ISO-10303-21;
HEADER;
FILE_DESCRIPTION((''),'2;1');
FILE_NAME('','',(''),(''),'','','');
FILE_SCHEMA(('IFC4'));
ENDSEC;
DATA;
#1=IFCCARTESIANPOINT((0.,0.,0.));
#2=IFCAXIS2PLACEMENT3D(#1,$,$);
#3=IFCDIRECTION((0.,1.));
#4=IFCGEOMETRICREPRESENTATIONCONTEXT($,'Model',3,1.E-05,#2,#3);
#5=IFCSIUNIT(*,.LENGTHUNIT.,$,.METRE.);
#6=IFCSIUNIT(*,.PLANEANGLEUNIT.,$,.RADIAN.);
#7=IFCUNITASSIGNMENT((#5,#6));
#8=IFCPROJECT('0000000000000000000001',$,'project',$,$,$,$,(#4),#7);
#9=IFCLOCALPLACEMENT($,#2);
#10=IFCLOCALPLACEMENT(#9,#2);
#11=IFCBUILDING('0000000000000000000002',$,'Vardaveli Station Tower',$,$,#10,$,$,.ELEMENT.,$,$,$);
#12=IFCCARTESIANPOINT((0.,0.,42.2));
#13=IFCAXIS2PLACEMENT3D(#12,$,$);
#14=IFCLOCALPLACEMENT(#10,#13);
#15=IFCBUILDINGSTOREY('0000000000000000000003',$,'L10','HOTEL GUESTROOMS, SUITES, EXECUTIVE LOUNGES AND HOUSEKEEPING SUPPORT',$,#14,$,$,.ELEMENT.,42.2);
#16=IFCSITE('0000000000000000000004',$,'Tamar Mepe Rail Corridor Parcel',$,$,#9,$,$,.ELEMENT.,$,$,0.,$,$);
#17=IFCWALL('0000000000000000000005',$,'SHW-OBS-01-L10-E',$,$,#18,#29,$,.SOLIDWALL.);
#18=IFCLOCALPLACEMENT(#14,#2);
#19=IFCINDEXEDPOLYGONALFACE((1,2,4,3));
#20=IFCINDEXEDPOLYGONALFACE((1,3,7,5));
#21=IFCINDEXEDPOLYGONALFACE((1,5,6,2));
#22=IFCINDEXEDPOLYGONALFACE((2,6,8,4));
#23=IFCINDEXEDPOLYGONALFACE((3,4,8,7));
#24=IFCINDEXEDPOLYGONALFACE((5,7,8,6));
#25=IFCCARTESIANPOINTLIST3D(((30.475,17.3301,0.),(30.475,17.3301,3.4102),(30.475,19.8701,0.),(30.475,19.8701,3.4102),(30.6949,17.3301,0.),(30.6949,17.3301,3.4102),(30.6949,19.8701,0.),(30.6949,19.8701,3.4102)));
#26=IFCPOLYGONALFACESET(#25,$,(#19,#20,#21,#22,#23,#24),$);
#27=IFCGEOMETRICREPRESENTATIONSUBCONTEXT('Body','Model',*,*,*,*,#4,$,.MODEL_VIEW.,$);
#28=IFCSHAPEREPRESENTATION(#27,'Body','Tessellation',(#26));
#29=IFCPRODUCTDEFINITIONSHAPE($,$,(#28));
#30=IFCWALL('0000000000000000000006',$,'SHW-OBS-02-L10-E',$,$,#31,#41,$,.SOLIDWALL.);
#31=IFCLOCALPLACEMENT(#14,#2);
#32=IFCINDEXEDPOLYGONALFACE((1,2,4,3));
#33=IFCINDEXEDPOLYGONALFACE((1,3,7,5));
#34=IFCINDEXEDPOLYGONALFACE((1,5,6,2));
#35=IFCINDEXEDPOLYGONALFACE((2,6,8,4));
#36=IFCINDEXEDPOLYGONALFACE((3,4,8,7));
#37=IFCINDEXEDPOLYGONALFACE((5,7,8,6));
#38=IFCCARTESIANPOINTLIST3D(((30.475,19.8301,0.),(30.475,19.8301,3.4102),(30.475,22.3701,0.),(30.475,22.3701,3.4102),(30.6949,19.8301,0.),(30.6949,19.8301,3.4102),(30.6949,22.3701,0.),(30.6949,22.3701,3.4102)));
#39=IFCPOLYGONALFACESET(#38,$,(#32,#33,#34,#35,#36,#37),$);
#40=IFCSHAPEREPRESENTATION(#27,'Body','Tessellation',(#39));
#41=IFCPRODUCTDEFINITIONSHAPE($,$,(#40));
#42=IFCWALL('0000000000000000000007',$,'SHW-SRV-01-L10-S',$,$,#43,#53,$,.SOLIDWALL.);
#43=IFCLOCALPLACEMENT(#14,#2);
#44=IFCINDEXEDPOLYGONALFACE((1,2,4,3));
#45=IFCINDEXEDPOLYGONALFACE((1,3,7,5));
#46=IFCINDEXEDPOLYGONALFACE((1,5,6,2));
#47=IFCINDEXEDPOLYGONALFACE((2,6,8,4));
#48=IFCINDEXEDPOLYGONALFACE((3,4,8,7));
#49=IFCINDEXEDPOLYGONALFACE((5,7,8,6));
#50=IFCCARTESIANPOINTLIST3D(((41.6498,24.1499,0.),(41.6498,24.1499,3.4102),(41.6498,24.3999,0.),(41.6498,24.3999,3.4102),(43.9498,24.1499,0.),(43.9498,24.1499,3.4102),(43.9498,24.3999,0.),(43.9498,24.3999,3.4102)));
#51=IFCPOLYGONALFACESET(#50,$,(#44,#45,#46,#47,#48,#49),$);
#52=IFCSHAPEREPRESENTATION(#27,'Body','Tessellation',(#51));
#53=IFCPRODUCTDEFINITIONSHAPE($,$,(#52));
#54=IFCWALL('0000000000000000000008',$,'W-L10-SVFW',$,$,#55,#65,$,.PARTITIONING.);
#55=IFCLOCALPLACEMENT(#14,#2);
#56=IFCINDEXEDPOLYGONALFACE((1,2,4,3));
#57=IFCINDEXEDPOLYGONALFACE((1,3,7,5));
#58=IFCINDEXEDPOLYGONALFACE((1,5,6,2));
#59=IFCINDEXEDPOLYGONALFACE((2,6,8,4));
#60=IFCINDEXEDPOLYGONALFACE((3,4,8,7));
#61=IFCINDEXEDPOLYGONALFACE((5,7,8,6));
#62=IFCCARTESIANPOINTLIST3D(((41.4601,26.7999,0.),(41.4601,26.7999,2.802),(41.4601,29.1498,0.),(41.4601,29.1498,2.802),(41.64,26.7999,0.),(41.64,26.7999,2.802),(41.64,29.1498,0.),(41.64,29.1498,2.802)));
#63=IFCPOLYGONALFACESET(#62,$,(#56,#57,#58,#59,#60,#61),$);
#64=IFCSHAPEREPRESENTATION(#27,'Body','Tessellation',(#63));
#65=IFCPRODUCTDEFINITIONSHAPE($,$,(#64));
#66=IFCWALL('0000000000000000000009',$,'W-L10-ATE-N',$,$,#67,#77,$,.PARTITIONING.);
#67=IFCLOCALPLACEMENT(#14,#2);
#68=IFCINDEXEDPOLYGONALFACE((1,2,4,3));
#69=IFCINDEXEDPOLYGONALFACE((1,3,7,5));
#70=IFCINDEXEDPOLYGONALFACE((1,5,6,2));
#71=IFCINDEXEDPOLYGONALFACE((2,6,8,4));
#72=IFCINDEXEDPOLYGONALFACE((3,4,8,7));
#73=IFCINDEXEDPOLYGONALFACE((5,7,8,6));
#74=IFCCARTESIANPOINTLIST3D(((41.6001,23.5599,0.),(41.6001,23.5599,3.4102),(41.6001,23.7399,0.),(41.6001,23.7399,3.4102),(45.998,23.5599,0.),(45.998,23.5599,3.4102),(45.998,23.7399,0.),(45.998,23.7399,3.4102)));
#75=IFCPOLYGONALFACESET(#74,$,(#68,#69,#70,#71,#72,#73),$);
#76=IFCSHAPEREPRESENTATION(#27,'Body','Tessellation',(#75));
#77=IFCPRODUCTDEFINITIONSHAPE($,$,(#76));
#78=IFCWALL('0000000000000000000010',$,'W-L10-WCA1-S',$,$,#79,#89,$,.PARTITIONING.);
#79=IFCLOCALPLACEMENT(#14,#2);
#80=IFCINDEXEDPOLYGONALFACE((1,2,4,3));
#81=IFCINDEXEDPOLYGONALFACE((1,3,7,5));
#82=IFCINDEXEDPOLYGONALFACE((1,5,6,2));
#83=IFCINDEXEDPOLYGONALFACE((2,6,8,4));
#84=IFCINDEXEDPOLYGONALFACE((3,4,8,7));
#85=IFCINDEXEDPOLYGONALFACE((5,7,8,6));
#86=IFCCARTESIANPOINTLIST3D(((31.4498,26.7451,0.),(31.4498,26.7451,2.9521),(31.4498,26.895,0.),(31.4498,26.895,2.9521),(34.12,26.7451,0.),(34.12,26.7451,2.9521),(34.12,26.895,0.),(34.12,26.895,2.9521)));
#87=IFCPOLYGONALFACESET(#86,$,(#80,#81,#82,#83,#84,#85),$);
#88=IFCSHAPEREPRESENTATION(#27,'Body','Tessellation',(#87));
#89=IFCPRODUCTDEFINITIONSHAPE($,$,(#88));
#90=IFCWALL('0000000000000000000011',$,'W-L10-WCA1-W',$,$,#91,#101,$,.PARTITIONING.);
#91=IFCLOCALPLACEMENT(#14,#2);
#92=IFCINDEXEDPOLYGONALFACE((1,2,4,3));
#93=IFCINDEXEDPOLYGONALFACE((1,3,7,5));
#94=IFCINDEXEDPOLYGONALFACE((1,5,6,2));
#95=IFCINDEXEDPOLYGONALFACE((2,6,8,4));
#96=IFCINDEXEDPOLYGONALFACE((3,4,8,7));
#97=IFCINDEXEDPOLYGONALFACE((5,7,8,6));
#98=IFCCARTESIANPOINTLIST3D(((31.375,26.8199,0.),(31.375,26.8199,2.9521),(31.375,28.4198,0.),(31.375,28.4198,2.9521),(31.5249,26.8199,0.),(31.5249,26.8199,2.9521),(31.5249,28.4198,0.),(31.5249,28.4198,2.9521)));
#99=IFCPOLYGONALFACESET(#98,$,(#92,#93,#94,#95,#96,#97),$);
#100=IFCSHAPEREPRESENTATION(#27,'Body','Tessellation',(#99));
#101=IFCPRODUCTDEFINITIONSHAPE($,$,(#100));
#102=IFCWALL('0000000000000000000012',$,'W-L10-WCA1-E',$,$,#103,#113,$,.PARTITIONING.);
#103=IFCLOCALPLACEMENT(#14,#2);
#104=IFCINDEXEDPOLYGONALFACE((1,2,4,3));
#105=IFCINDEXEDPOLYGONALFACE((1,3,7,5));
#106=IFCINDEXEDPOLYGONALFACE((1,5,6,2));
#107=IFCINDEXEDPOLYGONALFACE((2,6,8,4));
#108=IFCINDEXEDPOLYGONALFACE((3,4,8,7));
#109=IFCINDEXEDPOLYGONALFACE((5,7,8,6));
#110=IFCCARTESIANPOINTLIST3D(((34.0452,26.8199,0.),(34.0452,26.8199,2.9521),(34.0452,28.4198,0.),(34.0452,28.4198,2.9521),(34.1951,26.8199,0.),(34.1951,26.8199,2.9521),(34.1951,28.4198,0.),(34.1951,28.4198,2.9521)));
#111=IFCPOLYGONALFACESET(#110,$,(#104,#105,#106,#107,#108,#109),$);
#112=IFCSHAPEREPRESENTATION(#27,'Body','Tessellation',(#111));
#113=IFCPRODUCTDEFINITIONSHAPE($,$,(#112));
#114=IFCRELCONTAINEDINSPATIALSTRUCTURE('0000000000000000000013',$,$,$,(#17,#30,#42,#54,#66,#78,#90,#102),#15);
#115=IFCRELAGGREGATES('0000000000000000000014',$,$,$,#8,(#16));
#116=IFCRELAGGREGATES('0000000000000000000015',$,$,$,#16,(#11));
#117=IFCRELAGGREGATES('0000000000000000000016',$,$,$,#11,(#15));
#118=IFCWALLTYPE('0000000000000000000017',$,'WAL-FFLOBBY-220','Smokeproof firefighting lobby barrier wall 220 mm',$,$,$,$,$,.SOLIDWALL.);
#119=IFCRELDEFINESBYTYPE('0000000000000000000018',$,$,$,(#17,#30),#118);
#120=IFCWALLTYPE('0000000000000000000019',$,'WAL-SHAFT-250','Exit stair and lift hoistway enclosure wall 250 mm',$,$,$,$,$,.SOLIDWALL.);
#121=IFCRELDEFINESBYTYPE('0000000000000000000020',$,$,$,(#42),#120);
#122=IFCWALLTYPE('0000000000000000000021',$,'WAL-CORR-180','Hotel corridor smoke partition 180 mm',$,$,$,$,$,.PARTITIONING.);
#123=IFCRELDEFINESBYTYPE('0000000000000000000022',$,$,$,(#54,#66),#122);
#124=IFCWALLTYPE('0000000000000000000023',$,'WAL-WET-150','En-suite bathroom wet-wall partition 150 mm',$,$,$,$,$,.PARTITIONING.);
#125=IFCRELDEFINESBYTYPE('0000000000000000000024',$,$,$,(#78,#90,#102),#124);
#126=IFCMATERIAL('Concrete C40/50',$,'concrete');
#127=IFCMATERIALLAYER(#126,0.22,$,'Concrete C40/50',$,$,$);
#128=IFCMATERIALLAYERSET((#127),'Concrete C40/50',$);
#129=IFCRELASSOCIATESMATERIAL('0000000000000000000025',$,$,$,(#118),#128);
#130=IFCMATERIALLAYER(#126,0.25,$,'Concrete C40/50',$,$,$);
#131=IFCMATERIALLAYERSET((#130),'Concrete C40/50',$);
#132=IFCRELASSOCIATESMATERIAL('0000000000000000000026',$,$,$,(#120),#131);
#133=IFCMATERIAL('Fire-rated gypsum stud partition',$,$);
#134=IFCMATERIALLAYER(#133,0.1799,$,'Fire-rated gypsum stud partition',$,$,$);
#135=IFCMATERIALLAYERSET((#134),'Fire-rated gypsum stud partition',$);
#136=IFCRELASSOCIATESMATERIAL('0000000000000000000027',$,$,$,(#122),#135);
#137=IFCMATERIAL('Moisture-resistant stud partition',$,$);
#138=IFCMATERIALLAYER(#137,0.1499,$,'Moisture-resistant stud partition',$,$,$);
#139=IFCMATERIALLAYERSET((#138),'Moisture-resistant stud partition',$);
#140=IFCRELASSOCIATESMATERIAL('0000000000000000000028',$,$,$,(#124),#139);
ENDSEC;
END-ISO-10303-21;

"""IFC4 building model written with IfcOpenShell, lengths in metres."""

from ifc_helpers import new_model, si_unit, direction, frame, frame_2d, origin, place, context, subcontext, project, spatial, rectangle, extrude, source, transform, mapped, material, layer, layer_set, type_object, element, save


model = new_model("IFC4")

# Units and contexts
model_context = context("Model", 3, precision=1e-05, world=origin(), true_north=direction((0.0, 1.0)))
body_context = subcontext(model_context, "Body", "Model", "MODEL_VIEW")
ifc_project = project(units=[si_unit("LENGTHUNIT", "METRE"), si_unit("PLANEANGLEUNIT", "RADIAN")], contexts=[model_context])

# Site, building, storey
site_placement = place(None, origin())
site = spatial("IfcSite", under=ifc_project, at=site_placement, Name="Tamar Mepe Rail Corridor Parcel", CompositionType="ELEMENT", RefElevation=0.0)
building_placement = place(site_placement, origin())
building = spatial("IfcBuilding", under=site, at=building_placement, Name="Vardaveli Station Tower", CompositionType="ELEMENT")
storey_placement = place(building_placement, frame((0.0, 0.0, 42.2)))
storey = spatial("IfcBuildingStorey", under=building, at=storey_placement, Name="L10", Description="HOTEL GUESTROOMS, SUITES, EXECUTIVE LOUNGES AND HOUSEKEEPING SUPPORT", CompositionType="ELEMENT", Elevation=42.2)

# Walls
ifc_material_1 = material(Name="Concrete C40/50", Category="concrete")
ifc_layer_1 = layer(ifc_material_1, 0.22, Name="Concrete C40/50")
ifc_layer_set_1 = layer_set([ifc_layer_1], Name="Concrete C40/50")
wall_type_1 = type_object("IfcWallType", Name="WAL-FFLOBBY-220", Description="Smokeproof firefighting lobby barrier wall 220 mm", PredefinedType="SOLIDWALL", material=ifc_layer_set_1)
shared_shape_1 = source(origin(), body_context, "Body", "SweptSolid", [
    extrude(rectangle(XDim=2.54, YDim=0.22, at=frame_2d((1.27, 0.0))), origin(), (0.0, 0.0, 1.0), 3.4102),
])
for number, where, z_axis, x_axis, name in (
    (1, (30.585, 17.3301, 0.0), (0.0, 0.0, 1.0), (0.0, 1.0, 0.0), "SHW-OBS-01-L10-E"),
    (2, (30.585, 19.8301, 0.0), (0.0, 0.0, 1.0), (0.0, 1.0, 0.0), "SHW-OBS-02-L10-E"),
):
    element("IfcWall", number, at=place(storey_placement, frame(where, z_axis=z_axis, x_axis=x_axis)), inside=storey, type_object=wall_type_1, Name=name, PredefinedType="SOLIDWALL", context=body_context, shape_type="MappedRepresentation", body=[
        mapped(shared_shape_1, transform((0.0, 0.0, 0.0), scale=1.0)),
    ])
ifc_layer_2 = layer(ifc_material_1, 0.25, Name="Concrete C40/50")
ifc_layer_set_2 = layer_set([ifc_layer_2], Name="Concrete C40/50")
wall_type_2 = type_object("IfcWallType", Name="WAL-SHAFT-250", Description="Exit stair and lift hoistway enclosure wall 250 mm", PredefinedType="SOLIDWALL", material=ifc_layer_set_2)
shared_shape_2 = source(origin(), body_context, "Body", "SweptSolid", [
    extrude(rectangle(XDim=2.3, YDim=0.25, at=frame_2d((1.1499, 0.0))), origin(), (0.0, 0.0, 1.0), 3.4102),
])
wall_1_placement = place(storey_placement, frame((41.6499, 24.2749, 0.0), z_axis=(0.0, 0.0, 1.0), x_axis=(1.0, 0.0, 0.0)))
element("IfcWall", 3, at=wall_1_placement, inside=storey, type_object=wall_type_2, Name="SHW-SRV-01-L10-S", PredefinedType="SOLIDWALL", context=body_context, shape_type="MappedRepresentation", body=[
    mapped(shared_shape_2, transform((0.0, 0.0, 0.0), scale=1.0)),
])
ifc_material_2 = material(Name="Fire-rated gypsum stud partition")
ifc_layer_3 = layer(ifc_material_2, 0.1799, Name="Fire-rated gypsum stud partition")
ifc_layer_set_3 = layer_set([ifc_layer_3], Name="Fire-rated gypsum stud partition")
wall_type_3 = type_object("IfcWallType", Name="WAL-CORR-180", Description="Hotel corridor smoke partition 180 mm", PredefinedType="PARTITIONING", material=ifc_layer_set_3)
shared_shape_3 = source(origin(), body_context, "Body", "SweptSolid", [
    extrude(rectangle(XDim=2.3499, YDim=0.1799, at=frame_2d((1.1748, 0.0))), origin(), (0.0, 0.0, 1.0), 2.802),
])
wall_2_placement = place(storey_placement, frame((41.55, 26.8, 0.0), z_axis=(0.0, 0.0, 1.0), x_axis=(0.0, 1.0, 0.0)))
element("IfcWall", 4, at=wall_2_placement, inside=storey, type_object=wall_type_3, Name="W-L10-SVFW", PredefinedType="PARTITIONING", context=body_context, shape_type="MappedRepresentation", body=[
    mapped(shared_shape_3, transform((0.0, 0.0, 0.0), scale=1.0)),
])
shared_shape_4 = source(origin(), body_context, "Body", "SweptSolid", [
    extrude(rectangle(XDim=4.3979, YDim=0.1799, at=frame_2d((2.199, 0.0))), origin(), (0.0, 0.0, 1.0), 3.4102),
])
wall_3_placement = place(storey_placement, frame((41.6001, 23.6499, 0.0), z_axis=(0.0, 0.0, 1.0), x_axis=(1.0, 0.0, 0.0)))
element("IfcWall", 5, at=wall_3_placement, inside=storey, type_object=wall_type_3, Name="W-L10-ATE-N", PredefinedType="PARTITIONING", context=body_context, shape_type="MappedRepresentation", body=[
    mapped(shared_shape_4, transform((0.0, 0.0, 0.0), scale=1.0)),
])
ifc_material_3 = material(Name="Moisture-resistant stud partition")
ifc_layer_4 = layer(ifc_material_3, 0.1499, Name="Moisture-resistant stud partition")
ifc_layer_set_4 = layer_set([ifc_layer_4], Name="Moisture-resistant stud partition")
wall_type_4 = type_object("IfcWallType", Name="WAL-WET-150", Description="En-suite bathroom wet-wall partition 150 mm", PredefinedType="PARTITIONING", material=ifc_layer_set_4)
shared_shape_5 = source(origin(), body_context, "Body", "SweptSolid", [
    extrude(rectangle(XDim=2.6702, YDim=0.1499, at=frame_2d((1.335, 0.0))), origin(), (0.0, 0.0, 1.0), 2.9521),
])
wall_4_placement = place(storey_placement, frame((31.45, 26.8201, 0.0), z_axis=(0.0, 0.0, 1.0), x_axis=(1.0, 0.0, 0.0)))
element("IfcWall", 6, at=wall_4_placement, inside=storey, type_object=wall_type_4, Name="W-L10-WCA1-S", PredefinedType="PARTITIONING", context=body_context, shape_type="MappedRepresentation", body=[
    mapped(shared_shape_5, transform((0.0, 0.0, 0.0), scale=1.0)),
])
shared_shape_6 = source(origin(), body_context, "Body", "SweptSolid", [
    extrude(rectangle(XDim=1.5999, YDim=0.1499, at=frame_2d((0.7998, 0.0))), origin(), (0.0, 0.0, 1.0), 2.9521),
])
for number, where, z_axis, x_axis, name in (
    (7, (31.45, 26.8201, 0.0), (0.0, 0.0, 1.0), (0.0, 1.0, 0.0), "W-L10-WCA1-W"),
    (8, (34.1201, 26.8201, 0.0), (0.0, 0.0, 1.0), (0.0, 1.0, 0.0), "W-L10-WCA1-E"),
):
    element("IfcWall", number, at=place(storey_placement, frame(where, z_axis=z_axis, x_axis=x_axis)), inside=storey, type_object=wall_type_4, Name=name, PredefinedType="PARTITIONING", context=body_context, shape_type="MappedRepresentation", body=[
        mapped(shared_shape_6, transform((0.0, 0.0, 0.0), scale=1.0)),
    ])

save(model, "model.ifc")
